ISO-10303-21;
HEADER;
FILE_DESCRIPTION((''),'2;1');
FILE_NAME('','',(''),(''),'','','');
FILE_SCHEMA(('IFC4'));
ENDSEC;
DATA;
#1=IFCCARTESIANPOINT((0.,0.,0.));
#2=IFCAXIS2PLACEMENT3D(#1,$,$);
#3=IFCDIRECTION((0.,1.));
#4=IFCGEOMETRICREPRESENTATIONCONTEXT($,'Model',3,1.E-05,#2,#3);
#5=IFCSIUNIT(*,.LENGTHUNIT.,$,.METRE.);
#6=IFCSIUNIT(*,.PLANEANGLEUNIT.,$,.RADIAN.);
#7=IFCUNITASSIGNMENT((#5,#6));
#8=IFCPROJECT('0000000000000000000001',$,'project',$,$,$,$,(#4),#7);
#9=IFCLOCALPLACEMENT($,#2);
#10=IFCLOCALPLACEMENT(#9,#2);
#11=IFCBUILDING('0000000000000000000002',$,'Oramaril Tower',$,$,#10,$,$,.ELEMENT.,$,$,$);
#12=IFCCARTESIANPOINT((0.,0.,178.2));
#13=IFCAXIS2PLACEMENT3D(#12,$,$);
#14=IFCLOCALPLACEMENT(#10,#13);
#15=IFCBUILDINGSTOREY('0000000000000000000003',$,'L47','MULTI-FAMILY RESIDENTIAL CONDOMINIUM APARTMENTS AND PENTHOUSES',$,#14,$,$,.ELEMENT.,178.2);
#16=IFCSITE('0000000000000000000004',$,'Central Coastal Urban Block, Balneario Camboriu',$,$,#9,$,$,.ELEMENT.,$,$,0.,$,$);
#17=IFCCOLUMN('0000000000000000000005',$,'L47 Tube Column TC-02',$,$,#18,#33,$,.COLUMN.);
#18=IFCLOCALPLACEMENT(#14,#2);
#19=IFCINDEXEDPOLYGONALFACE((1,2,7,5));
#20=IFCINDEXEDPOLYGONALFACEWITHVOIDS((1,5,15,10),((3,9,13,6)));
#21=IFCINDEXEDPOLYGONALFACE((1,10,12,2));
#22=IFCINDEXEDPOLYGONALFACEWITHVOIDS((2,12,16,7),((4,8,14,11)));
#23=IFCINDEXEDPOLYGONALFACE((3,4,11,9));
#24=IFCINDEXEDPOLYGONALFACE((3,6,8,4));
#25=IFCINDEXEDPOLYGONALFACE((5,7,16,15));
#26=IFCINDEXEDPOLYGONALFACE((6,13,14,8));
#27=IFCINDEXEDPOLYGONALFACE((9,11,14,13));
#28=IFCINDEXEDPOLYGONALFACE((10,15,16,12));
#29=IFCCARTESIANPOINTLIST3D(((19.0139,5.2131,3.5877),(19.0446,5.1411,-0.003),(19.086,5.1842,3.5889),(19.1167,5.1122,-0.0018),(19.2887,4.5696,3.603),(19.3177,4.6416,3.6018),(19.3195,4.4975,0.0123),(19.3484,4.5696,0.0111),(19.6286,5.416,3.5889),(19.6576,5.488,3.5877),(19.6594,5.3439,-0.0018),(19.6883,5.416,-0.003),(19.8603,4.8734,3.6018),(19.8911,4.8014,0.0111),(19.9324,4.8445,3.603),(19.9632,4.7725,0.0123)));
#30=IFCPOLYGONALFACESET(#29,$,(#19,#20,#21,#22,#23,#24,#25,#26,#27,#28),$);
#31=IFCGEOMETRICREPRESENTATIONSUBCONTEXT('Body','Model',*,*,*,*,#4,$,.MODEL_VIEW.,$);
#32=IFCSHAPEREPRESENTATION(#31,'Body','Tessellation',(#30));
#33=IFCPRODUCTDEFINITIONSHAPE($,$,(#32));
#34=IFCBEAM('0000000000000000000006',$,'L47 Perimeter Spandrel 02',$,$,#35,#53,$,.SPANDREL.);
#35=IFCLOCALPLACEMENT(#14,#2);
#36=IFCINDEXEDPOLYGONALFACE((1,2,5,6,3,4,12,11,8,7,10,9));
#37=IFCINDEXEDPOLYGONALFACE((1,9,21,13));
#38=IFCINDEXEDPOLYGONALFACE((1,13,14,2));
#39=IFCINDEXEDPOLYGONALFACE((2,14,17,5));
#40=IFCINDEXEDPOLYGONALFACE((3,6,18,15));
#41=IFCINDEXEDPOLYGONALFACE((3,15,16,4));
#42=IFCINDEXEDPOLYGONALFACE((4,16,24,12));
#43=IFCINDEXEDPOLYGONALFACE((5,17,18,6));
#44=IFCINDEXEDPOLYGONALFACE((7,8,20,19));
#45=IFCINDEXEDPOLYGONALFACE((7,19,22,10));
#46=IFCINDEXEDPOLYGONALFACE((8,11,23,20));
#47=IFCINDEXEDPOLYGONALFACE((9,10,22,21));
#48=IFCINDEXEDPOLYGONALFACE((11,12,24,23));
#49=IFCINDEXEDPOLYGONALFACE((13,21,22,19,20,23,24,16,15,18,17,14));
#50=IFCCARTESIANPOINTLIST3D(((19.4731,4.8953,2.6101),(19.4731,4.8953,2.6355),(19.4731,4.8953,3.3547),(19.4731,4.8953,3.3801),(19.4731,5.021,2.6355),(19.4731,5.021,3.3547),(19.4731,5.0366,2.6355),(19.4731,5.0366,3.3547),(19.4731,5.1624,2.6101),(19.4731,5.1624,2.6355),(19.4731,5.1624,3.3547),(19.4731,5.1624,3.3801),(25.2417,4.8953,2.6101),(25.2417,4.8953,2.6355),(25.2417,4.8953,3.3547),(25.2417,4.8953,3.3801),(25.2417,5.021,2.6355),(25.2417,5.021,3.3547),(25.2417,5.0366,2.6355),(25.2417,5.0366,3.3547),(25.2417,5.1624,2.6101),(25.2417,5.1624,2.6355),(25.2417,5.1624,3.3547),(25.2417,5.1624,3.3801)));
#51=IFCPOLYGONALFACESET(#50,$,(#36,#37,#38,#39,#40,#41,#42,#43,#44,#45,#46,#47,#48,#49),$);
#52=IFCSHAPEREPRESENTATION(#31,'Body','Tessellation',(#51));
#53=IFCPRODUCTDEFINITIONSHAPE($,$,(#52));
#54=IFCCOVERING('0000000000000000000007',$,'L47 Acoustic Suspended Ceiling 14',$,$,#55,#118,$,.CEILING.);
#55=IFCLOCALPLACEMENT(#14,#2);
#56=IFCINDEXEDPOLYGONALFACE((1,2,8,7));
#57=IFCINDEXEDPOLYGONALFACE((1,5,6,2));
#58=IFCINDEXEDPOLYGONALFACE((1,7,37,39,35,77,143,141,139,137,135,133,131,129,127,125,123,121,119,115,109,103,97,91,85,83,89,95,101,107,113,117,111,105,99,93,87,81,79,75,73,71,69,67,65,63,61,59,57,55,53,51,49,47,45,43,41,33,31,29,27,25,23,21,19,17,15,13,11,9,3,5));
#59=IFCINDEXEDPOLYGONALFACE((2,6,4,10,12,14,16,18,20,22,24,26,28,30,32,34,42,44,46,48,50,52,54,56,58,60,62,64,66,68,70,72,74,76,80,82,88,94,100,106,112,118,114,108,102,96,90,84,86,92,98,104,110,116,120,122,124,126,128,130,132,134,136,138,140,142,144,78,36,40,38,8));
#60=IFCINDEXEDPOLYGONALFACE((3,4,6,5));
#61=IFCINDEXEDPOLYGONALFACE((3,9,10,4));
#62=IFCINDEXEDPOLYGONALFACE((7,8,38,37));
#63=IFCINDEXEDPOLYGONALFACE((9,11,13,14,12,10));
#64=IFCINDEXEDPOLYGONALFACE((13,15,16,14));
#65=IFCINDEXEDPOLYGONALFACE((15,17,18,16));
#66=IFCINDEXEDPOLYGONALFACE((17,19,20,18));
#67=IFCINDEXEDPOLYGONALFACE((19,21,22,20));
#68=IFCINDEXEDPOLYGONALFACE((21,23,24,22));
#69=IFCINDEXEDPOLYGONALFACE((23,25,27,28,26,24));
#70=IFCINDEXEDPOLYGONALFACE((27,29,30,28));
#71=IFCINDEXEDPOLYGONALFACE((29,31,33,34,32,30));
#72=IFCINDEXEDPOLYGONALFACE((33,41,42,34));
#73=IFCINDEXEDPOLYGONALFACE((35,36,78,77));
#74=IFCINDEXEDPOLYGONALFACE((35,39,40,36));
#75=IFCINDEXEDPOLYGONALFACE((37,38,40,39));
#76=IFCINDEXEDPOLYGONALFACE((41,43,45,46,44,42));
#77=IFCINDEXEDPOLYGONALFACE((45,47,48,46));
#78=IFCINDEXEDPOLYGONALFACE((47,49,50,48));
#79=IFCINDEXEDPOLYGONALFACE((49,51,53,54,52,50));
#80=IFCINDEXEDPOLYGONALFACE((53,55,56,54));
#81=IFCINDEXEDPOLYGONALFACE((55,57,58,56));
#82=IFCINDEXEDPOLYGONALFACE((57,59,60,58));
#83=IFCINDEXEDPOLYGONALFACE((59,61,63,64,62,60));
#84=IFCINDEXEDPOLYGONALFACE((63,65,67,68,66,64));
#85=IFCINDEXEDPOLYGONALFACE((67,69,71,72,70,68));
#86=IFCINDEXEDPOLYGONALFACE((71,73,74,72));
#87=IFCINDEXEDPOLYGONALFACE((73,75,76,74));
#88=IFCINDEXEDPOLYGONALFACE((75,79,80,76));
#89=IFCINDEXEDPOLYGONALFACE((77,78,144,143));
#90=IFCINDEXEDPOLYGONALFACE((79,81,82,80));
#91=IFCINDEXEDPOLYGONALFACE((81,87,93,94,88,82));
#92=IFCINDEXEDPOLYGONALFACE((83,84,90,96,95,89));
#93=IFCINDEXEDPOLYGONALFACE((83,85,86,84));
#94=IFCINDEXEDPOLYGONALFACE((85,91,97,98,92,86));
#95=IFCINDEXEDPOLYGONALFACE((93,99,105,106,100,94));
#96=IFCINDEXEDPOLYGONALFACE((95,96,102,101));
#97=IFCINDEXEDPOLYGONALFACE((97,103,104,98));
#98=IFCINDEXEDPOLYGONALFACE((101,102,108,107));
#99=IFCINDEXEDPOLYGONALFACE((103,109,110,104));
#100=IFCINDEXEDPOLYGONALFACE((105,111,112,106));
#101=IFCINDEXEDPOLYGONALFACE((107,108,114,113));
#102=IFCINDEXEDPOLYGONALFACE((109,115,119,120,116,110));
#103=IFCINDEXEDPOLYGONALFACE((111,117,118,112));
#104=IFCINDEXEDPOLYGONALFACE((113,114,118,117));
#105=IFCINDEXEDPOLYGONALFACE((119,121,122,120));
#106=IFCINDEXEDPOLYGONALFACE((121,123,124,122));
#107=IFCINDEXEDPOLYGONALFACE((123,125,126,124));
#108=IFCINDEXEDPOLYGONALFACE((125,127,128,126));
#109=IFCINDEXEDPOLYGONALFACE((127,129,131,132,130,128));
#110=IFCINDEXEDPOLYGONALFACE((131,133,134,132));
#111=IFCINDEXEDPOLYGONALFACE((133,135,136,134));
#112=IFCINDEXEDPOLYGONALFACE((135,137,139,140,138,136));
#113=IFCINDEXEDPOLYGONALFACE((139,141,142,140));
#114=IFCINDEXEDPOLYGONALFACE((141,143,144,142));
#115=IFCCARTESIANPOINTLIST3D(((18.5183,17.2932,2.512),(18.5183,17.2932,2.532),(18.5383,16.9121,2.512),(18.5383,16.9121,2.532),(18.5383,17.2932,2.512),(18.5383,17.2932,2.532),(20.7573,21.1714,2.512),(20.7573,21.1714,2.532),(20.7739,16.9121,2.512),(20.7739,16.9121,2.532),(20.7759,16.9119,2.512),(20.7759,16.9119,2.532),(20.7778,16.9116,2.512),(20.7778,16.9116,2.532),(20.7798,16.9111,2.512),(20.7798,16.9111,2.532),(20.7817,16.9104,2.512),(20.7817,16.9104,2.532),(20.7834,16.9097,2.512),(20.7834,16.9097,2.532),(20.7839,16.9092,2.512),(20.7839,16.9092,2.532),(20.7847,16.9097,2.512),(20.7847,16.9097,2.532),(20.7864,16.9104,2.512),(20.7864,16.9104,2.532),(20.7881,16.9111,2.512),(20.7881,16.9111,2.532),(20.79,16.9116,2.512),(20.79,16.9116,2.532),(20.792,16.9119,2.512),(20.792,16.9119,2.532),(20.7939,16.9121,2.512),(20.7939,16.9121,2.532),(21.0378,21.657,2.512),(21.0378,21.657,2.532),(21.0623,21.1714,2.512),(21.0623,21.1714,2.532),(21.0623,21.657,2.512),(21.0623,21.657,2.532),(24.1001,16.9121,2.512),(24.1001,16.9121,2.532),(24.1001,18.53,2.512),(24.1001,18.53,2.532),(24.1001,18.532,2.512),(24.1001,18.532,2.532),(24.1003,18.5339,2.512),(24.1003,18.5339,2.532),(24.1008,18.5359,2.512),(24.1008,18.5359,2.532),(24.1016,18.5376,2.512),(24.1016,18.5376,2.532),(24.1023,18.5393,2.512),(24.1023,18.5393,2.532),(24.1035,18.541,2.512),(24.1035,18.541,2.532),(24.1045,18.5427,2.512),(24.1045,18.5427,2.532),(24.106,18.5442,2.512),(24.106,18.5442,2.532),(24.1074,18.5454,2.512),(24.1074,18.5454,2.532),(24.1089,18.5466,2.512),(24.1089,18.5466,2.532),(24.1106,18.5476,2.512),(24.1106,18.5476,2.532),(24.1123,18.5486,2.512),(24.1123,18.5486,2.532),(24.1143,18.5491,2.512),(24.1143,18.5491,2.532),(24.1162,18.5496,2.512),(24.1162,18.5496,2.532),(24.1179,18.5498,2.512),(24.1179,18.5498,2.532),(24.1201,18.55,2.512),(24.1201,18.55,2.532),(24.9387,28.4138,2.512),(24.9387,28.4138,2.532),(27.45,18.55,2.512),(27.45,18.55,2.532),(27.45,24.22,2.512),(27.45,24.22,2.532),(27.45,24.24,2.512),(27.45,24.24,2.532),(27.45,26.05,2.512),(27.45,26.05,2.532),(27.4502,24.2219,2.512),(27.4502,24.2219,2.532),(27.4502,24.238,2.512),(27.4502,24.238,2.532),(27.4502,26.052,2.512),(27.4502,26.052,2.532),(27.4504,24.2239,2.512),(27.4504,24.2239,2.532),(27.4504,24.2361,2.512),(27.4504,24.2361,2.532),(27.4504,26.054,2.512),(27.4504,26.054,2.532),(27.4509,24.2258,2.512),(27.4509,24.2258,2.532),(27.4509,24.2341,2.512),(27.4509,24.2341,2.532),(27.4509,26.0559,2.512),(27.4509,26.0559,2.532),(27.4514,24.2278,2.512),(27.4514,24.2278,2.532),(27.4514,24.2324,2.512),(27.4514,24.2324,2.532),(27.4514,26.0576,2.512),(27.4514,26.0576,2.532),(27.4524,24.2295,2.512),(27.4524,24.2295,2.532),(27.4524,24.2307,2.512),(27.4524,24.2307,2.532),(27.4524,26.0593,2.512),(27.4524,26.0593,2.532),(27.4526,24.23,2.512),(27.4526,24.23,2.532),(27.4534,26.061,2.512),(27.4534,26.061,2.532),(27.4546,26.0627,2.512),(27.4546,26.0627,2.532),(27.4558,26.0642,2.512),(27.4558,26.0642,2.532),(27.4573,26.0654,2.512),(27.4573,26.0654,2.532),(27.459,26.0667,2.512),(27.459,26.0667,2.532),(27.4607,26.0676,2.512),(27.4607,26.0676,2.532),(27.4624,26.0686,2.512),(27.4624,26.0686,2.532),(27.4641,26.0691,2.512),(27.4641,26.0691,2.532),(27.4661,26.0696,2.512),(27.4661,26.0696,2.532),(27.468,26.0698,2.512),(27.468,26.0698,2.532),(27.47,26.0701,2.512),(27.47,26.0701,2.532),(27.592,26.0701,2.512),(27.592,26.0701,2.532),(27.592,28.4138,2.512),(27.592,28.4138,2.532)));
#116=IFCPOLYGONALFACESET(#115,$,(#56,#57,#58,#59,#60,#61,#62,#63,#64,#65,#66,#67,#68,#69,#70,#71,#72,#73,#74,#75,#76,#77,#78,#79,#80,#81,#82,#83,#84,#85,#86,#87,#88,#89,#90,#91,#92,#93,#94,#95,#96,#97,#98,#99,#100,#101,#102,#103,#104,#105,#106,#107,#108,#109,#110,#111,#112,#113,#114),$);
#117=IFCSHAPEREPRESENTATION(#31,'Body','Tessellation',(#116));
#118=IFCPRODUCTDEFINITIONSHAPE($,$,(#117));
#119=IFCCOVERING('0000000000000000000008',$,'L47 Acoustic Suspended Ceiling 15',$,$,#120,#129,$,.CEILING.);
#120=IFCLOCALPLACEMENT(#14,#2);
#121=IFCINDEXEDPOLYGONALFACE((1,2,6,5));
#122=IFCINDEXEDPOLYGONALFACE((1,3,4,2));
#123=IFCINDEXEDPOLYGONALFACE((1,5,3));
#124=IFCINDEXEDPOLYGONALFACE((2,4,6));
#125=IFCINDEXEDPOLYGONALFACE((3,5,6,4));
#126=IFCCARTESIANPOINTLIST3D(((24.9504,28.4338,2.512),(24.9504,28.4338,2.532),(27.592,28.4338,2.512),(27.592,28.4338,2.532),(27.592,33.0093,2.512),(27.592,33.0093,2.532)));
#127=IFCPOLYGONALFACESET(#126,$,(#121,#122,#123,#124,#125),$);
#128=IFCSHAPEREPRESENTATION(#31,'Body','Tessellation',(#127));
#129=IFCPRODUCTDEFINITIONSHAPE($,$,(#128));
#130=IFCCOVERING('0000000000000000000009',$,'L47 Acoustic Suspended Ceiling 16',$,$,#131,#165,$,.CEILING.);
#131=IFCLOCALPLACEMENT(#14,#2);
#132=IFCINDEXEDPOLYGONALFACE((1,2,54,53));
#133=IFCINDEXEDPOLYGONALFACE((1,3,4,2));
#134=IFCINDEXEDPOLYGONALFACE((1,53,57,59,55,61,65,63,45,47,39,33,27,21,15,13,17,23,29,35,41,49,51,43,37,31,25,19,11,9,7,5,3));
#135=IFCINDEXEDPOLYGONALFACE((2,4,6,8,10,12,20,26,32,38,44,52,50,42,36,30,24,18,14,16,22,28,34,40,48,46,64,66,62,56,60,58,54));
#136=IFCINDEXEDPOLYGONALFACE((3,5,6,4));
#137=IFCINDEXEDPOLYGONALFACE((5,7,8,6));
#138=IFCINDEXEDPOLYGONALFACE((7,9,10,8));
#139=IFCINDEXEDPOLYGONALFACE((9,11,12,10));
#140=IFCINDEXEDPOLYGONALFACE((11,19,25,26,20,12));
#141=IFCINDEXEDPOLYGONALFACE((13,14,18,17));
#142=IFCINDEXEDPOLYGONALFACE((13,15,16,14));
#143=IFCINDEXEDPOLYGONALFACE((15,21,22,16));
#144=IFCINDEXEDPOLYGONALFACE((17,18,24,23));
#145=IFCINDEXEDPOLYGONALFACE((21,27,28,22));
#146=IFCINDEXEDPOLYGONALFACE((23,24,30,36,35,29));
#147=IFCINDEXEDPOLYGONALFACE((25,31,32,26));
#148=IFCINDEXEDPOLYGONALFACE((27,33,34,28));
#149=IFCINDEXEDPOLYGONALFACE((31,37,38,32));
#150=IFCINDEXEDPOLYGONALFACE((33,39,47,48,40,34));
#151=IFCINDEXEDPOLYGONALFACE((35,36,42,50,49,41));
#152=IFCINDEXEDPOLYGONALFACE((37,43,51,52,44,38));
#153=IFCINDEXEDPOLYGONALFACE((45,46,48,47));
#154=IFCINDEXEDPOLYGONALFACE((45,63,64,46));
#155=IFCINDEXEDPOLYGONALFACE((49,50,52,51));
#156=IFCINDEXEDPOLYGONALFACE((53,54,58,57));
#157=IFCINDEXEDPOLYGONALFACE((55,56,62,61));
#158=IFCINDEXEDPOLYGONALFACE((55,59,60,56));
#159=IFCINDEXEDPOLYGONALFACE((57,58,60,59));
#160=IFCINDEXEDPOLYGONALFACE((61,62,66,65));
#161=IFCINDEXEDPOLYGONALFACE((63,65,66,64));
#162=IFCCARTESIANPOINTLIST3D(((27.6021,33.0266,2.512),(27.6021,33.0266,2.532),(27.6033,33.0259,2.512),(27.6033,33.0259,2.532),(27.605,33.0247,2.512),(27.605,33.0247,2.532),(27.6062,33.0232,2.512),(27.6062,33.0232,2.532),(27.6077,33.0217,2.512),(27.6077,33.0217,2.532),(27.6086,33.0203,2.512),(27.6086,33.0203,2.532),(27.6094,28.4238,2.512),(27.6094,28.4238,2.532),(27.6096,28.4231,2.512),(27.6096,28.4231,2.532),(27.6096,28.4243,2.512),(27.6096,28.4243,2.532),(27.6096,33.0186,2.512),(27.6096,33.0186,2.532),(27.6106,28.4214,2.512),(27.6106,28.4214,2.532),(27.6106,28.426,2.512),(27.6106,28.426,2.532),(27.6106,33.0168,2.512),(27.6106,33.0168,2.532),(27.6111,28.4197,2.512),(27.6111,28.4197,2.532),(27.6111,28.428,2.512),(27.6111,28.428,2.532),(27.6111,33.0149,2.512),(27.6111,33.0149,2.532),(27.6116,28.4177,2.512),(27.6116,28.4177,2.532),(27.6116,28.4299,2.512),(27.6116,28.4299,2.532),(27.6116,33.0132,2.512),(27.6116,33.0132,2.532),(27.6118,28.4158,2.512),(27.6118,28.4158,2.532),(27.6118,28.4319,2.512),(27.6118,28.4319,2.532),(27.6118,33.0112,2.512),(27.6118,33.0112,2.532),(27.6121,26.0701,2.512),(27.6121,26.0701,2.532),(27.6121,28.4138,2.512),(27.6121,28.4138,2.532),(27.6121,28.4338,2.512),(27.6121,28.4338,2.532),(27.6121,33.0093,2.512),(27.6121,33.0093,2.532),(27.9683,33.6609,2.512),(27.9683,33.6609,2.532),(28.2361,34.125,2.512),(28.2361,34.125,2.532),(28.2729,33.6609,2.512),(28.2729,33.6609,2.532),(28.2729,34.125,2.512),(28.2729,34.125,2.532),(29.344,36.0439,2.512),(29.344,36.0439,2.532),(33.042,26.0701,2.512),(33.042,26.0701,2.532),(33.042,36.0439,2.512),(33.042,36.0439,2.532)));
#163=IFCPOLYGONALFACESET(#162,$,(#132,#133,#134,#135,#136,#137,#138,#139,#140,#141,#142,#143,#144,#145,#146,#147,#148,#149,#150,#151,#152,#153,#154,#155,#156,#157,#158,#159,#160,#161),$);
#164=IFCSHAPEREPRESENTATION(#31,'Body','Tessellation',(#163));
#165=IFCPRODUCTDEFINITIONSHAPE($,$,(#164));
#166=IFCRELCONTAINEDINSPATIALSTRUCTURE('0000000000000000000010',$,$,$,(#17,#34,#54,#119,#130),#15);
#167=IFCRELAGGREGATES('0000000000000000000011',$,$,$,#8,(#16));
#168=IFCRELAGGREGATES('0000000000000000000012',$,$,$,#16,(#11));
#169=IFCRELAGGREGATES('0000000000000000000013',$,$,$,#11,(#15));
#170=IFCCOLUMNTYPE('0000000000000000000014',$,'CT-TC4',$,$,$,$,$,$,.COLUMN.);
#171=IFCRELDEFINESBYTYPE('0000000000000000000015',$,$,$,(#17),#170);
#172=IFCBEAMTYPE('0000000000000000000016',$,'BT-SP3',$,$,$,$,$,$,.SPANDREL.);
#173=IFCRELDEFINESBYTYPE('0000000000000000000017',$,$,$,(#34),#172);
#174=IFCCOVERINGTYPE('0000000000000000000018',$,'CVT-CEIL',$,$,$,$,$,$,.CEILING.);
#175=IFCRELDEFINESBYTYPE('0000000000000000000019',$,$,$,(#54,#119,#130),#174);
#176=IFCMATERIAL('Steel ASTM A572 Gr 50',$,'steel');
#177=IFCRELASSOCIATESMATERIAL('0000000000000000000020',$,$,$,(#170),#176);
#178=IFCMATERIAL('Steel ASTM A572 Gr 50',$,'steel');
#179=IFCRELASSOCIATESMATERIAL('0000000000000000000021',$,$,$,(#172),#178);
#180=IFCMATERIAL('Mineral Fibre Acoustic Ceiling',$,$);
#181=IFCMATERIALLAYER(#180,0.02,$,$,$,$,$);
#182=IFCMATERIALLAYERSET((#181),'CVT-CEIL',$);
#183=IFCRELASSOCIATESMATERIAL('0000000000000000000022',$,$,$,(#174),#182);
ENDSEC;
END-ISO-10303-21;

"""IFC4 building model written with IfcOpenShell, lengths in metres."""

from ifc_helpers import new_model, si_unit, direction, frame, origin, origin_2d, place, context, subcontext, project, spatial, polyline, hollow_rectangle, i_section, outline, extrude, material, layer, layer_set, material_profile, profile_set, type_object, element, save


model = new_model("IFC4")

# Units and contexts
model_context = context("Model", 3, precision=1e-05, world=origin(), true_north=direction((0.0, 1.0)))
body_context = subcontext(model_context, "Body", "Model", "MODEL_VIEW")
ifc_project = project(units=[si_unit("LENGTHUNIT", "METRE"), si_unit("PLANEANGLEUNIT", "RADIAN")], contexts=[model_context])

# Site, building, storey
site_placement = place(None, origin())
site = spatial("IfcSite", under=ifc_project, at=site_placement, Name="Central Coastal Urban Block, Balneario Camboriu", CompositionType="ELEMENT", RefElevation=0.0)
building_placement = place(site_placement, origin())
building = spatial("IfcBuilding", under=site, at=building_placement, Name="Oramaril Tower", CompositionType="ELEMENT")
storey_placement = place(building_placement, frame((0.0, 0.0, 178.2)))
storey = spatial("IfcBuildingStorey", under=building, at=storey_placement, Name="L47", Description="MULTI-FAMILY RESIDENTIAL CONDOMINIUM APARTMENTS AND PENTHOUSES", CompositionType="ELEMENT", Elevation=178.2)

# Column
ifc_material_1 = material(Name="Steel ASTM A572 Gr 50", Category="steel")
ifc_material_profile_1 = material_profile(ifc_material_1, hollow_rectangle(XDim=0.7, YDim=0.7, WallThickness=0.0549, at=origin_2d()), Name="BOX700X700X55")
ifc_profile_set_1 = profile_set([ifc_material_profile_1], Name="Steel ASTM A572 Gr 50")
column_type = type_object("IfcColumnType", Name="CT-TC4", PredefinedType="COLUMN", material=ifc_profile_set_1)
column_placement = place(storey_placement, frame((19.5039, 4.9568, 0.0046), z_axis=(-0.008565, 0.020052, 0.999762), x_axis=(-0.919628, -0.39279, 0.0)))
element("IfcColumn", 1, at=column_placement, inside=storey, type_object=column_type, Name="L47 Tube Column TC-02", PredefinedType="COLUMN", context=body_context, shape_type="SweptSolid", body=[
    extrude(hollow_rectangle(XDim=0.7, YDim=0.7, WallThickness=0.0549, at=origin_2d()), origin(), (0.0, 0.0, 1.0), 3.5916),
])

# Beam
ifc_material_2 = material(Name="Steel ASTM A572 Gr 50", Category="steel")
ifc_material_profile_2 = material_profile(ifc_material_2, i_section(OverallWidth=0.2671, OverallDepth=0.77, WebThickness=0.0156, FlangeThickness=0.0254, at=origin_2d()), Name="W30X132")
ifc_profile_set_2 = profile_set([ifc_material_profile_2], Name="Steel ASTM A572 Gr 50")
beam_type = type_object("IfcBeamType", Name="BT-SP3", PredefinedType="SPANDREL", material=ifc_profile_set_2)
beam_placement = place(storey_placement, frame((19.4731, 5.0288, 2.9951), z_axis=(1.0, 0.0, 0.0), x_axis=(0.0, 1.0, 0.0)))
element("IfcBeam", 2, at=beam_placement, inside=storey, type_object=beam_type, Name="L47 Perimeter Spandrel 02", PredefinedType="SPANDREL", context=body_context, shape_type="SweptSolid", body=[
    extrude(i_section(OverallWidth=0.2671, OverallDepth=0.77, WebThickness=0.0156, FlangeThickness=0.0254, at=origin_2d()), origin(), (0.0, 0.0, 1.0), 5.7686),
])

# Coverings
ifc_material_3 = material(Name="Mineral Fibre Acoustic Ceiling")
ifc_layer_1 = layer(ifc_material_3, 0.02)
ifc_layer_set_1 = layer_set([ifc_layer_1], Name="CVT-CEIL")
covering_type_1 = type_object("IfcCoveringType", Name="CVT-CEIL", PredefinedType="CEILING", material=ifc_layer_set_1)
covering_1_placement = place(storey_placement, frame((0.0, 0.0, 2.512)))
element("IfcCovering", 3, at=covering_1_placement, inside=storey, type_object=covering_type_1, Name="L47 Acoustic Suspended Ceiling 14", PredefinedType="CEILING", context=body_context, shape_type="SweptSolid", body=[
    extrude(outline(polyline([(18.5383, 17.2932), (18.5183, 17.2932), (20.7573, 21.1714), (21.0623, 21.1714), (21.0623, 21.657), (21.0378, 21.657), (24.9387, 28.4138), (27.592, 28.4138), (27.592, 26.0701), (27.47, 26.0701), (27.468, 26.0698), (27.4661, 26.0696), (27.4641, 26.0691), (27.4624, 26.0686), (27.4607, 26.0676), (27.459, 26.0667), (27.4573, 26.0654), (27.4558, 26.0642), (27.4546, 26.0627), (27.4534, 26.061), (27.4524, 26.0593), (27.4514, 26.0576), (27.4509, 26.0559), (27.4504, 26.054), (27.4502, 26.052), (27.45, 26.05), (27.45, 24.24), (27.4502, 24.238), (27.4504, 24.2361), (27.4509, 24.2341), (27.4514, 24.2324), (27.4524, 24.2307), (27.4526, 24.23), (27.4524, 24.2295), (27.4514, 24.2278), (27.4509, 24.2258), (27.4504, 24.2239), (27.4502, 24.2219), (27.45, 24.22), (27.45, 18.55), (24.1201, 18.55), (24.1179, 18.5498), (24.1162, 18.5496), (24.1143, 18.5491), (24.1123, 18.5486), (24.1106, 18.5476), (24.1089, 18.5466), (24.1074, 18.5454), (24.106, 18.5442), (24.1045, 18.5427), (24.1035, 18.541), (24.1023, 18.5393), (24.1016, 18.5376), (24.1008, 18.5359), (24.1003, 18.5339), (24.1001, 18.532), (24.1001, 18.53), (24.1001, 16.9121), (20.7939, 16.9121), (20.792, 16.9119), (20.79, 16.9116), (20.7881, 16.9111), (20.7864, 16.9104), (20.7847, 16.9097), (20.7839, 16.9092), (20.7834, 16.9097), (20.7817, 16.9104), (20.7798, 16.9111), (20.7778, 16.9116), (20.7759, 16.9119), (20.7739, 16.9121), (18.5383, 16.9121), (18.5383, 17.2932)])), origin(), (0.0, 0.0, 1.0), 0.02),
])
covering_2_placement = place(storey_placement, frame((0.0, 0.0, 2.512)))
element("IfcCovering", 4, at=covering_2_placement, inside=storey, type_object=covering_type_1, Name="L47 Acoustic Suspended Ceiling 15", PredefinedType="CEILING", context=body_context, shape_type="SweptSolid", body=[
    extrude(outline(polyline([(27.592, 33.0093), (27.592, 28.4338), (24.9504, 28.4338), (27.592, 33.0093)])), origin(), (0.0, 0.0, 1.0), 0.02),
])
covering_3_placement = place(storey_placement, frame((0.0, 0.0, 2.512)))
element("IfcCovering", 5, at=covering_3_placement, inside=storey, type_object=covering_type_1, Name="L47 Acoustic Suspended Ceiling 16", PredefinedType="CEILING", context=body_context, shape_type="SweptSolid", body=[
    extrude(outline(polyline([(28.2729, 33.6609), (28.2729, 34.125), (28.2361, 34.125), (29.344, 36.0439), (33.042, 36.0439), (33.042, 26.0701), (27.6121, 26.0701), (27.6121, 28.4138), (27.6118, 28.4158), (27.6116, 28.4177), (27.6111, 28.4197), (27.6106, 28.4214), (27.6096, 28.4231), (27.6094, 28.4238), (27.6096, 28.4243), (27.6106, 28.426), (27.6111, 28.428), (27.6116, 28.4299), (27.6118, 28.4319), (27.6121, 28.4338), (27.6121, 33.0093), (27.6118, 33.0112), (27.6116, 33.0132), (27.6111, 33.0149), (27.6106, 33.0168), (27.6096, 33.0186), (27.6086, 33.0203), (27.6077, 33.0217), (27.6062, 33.0232), (27.605, 33.0247), (27.6033, 33.0259), (27.6021, 33.0266), (27.9683, 33.6609), (28.2729, 33.6609)])), origin(), (0.0, 0.0, 1.0), 0.02),
])

save(model, "model.ifc")
